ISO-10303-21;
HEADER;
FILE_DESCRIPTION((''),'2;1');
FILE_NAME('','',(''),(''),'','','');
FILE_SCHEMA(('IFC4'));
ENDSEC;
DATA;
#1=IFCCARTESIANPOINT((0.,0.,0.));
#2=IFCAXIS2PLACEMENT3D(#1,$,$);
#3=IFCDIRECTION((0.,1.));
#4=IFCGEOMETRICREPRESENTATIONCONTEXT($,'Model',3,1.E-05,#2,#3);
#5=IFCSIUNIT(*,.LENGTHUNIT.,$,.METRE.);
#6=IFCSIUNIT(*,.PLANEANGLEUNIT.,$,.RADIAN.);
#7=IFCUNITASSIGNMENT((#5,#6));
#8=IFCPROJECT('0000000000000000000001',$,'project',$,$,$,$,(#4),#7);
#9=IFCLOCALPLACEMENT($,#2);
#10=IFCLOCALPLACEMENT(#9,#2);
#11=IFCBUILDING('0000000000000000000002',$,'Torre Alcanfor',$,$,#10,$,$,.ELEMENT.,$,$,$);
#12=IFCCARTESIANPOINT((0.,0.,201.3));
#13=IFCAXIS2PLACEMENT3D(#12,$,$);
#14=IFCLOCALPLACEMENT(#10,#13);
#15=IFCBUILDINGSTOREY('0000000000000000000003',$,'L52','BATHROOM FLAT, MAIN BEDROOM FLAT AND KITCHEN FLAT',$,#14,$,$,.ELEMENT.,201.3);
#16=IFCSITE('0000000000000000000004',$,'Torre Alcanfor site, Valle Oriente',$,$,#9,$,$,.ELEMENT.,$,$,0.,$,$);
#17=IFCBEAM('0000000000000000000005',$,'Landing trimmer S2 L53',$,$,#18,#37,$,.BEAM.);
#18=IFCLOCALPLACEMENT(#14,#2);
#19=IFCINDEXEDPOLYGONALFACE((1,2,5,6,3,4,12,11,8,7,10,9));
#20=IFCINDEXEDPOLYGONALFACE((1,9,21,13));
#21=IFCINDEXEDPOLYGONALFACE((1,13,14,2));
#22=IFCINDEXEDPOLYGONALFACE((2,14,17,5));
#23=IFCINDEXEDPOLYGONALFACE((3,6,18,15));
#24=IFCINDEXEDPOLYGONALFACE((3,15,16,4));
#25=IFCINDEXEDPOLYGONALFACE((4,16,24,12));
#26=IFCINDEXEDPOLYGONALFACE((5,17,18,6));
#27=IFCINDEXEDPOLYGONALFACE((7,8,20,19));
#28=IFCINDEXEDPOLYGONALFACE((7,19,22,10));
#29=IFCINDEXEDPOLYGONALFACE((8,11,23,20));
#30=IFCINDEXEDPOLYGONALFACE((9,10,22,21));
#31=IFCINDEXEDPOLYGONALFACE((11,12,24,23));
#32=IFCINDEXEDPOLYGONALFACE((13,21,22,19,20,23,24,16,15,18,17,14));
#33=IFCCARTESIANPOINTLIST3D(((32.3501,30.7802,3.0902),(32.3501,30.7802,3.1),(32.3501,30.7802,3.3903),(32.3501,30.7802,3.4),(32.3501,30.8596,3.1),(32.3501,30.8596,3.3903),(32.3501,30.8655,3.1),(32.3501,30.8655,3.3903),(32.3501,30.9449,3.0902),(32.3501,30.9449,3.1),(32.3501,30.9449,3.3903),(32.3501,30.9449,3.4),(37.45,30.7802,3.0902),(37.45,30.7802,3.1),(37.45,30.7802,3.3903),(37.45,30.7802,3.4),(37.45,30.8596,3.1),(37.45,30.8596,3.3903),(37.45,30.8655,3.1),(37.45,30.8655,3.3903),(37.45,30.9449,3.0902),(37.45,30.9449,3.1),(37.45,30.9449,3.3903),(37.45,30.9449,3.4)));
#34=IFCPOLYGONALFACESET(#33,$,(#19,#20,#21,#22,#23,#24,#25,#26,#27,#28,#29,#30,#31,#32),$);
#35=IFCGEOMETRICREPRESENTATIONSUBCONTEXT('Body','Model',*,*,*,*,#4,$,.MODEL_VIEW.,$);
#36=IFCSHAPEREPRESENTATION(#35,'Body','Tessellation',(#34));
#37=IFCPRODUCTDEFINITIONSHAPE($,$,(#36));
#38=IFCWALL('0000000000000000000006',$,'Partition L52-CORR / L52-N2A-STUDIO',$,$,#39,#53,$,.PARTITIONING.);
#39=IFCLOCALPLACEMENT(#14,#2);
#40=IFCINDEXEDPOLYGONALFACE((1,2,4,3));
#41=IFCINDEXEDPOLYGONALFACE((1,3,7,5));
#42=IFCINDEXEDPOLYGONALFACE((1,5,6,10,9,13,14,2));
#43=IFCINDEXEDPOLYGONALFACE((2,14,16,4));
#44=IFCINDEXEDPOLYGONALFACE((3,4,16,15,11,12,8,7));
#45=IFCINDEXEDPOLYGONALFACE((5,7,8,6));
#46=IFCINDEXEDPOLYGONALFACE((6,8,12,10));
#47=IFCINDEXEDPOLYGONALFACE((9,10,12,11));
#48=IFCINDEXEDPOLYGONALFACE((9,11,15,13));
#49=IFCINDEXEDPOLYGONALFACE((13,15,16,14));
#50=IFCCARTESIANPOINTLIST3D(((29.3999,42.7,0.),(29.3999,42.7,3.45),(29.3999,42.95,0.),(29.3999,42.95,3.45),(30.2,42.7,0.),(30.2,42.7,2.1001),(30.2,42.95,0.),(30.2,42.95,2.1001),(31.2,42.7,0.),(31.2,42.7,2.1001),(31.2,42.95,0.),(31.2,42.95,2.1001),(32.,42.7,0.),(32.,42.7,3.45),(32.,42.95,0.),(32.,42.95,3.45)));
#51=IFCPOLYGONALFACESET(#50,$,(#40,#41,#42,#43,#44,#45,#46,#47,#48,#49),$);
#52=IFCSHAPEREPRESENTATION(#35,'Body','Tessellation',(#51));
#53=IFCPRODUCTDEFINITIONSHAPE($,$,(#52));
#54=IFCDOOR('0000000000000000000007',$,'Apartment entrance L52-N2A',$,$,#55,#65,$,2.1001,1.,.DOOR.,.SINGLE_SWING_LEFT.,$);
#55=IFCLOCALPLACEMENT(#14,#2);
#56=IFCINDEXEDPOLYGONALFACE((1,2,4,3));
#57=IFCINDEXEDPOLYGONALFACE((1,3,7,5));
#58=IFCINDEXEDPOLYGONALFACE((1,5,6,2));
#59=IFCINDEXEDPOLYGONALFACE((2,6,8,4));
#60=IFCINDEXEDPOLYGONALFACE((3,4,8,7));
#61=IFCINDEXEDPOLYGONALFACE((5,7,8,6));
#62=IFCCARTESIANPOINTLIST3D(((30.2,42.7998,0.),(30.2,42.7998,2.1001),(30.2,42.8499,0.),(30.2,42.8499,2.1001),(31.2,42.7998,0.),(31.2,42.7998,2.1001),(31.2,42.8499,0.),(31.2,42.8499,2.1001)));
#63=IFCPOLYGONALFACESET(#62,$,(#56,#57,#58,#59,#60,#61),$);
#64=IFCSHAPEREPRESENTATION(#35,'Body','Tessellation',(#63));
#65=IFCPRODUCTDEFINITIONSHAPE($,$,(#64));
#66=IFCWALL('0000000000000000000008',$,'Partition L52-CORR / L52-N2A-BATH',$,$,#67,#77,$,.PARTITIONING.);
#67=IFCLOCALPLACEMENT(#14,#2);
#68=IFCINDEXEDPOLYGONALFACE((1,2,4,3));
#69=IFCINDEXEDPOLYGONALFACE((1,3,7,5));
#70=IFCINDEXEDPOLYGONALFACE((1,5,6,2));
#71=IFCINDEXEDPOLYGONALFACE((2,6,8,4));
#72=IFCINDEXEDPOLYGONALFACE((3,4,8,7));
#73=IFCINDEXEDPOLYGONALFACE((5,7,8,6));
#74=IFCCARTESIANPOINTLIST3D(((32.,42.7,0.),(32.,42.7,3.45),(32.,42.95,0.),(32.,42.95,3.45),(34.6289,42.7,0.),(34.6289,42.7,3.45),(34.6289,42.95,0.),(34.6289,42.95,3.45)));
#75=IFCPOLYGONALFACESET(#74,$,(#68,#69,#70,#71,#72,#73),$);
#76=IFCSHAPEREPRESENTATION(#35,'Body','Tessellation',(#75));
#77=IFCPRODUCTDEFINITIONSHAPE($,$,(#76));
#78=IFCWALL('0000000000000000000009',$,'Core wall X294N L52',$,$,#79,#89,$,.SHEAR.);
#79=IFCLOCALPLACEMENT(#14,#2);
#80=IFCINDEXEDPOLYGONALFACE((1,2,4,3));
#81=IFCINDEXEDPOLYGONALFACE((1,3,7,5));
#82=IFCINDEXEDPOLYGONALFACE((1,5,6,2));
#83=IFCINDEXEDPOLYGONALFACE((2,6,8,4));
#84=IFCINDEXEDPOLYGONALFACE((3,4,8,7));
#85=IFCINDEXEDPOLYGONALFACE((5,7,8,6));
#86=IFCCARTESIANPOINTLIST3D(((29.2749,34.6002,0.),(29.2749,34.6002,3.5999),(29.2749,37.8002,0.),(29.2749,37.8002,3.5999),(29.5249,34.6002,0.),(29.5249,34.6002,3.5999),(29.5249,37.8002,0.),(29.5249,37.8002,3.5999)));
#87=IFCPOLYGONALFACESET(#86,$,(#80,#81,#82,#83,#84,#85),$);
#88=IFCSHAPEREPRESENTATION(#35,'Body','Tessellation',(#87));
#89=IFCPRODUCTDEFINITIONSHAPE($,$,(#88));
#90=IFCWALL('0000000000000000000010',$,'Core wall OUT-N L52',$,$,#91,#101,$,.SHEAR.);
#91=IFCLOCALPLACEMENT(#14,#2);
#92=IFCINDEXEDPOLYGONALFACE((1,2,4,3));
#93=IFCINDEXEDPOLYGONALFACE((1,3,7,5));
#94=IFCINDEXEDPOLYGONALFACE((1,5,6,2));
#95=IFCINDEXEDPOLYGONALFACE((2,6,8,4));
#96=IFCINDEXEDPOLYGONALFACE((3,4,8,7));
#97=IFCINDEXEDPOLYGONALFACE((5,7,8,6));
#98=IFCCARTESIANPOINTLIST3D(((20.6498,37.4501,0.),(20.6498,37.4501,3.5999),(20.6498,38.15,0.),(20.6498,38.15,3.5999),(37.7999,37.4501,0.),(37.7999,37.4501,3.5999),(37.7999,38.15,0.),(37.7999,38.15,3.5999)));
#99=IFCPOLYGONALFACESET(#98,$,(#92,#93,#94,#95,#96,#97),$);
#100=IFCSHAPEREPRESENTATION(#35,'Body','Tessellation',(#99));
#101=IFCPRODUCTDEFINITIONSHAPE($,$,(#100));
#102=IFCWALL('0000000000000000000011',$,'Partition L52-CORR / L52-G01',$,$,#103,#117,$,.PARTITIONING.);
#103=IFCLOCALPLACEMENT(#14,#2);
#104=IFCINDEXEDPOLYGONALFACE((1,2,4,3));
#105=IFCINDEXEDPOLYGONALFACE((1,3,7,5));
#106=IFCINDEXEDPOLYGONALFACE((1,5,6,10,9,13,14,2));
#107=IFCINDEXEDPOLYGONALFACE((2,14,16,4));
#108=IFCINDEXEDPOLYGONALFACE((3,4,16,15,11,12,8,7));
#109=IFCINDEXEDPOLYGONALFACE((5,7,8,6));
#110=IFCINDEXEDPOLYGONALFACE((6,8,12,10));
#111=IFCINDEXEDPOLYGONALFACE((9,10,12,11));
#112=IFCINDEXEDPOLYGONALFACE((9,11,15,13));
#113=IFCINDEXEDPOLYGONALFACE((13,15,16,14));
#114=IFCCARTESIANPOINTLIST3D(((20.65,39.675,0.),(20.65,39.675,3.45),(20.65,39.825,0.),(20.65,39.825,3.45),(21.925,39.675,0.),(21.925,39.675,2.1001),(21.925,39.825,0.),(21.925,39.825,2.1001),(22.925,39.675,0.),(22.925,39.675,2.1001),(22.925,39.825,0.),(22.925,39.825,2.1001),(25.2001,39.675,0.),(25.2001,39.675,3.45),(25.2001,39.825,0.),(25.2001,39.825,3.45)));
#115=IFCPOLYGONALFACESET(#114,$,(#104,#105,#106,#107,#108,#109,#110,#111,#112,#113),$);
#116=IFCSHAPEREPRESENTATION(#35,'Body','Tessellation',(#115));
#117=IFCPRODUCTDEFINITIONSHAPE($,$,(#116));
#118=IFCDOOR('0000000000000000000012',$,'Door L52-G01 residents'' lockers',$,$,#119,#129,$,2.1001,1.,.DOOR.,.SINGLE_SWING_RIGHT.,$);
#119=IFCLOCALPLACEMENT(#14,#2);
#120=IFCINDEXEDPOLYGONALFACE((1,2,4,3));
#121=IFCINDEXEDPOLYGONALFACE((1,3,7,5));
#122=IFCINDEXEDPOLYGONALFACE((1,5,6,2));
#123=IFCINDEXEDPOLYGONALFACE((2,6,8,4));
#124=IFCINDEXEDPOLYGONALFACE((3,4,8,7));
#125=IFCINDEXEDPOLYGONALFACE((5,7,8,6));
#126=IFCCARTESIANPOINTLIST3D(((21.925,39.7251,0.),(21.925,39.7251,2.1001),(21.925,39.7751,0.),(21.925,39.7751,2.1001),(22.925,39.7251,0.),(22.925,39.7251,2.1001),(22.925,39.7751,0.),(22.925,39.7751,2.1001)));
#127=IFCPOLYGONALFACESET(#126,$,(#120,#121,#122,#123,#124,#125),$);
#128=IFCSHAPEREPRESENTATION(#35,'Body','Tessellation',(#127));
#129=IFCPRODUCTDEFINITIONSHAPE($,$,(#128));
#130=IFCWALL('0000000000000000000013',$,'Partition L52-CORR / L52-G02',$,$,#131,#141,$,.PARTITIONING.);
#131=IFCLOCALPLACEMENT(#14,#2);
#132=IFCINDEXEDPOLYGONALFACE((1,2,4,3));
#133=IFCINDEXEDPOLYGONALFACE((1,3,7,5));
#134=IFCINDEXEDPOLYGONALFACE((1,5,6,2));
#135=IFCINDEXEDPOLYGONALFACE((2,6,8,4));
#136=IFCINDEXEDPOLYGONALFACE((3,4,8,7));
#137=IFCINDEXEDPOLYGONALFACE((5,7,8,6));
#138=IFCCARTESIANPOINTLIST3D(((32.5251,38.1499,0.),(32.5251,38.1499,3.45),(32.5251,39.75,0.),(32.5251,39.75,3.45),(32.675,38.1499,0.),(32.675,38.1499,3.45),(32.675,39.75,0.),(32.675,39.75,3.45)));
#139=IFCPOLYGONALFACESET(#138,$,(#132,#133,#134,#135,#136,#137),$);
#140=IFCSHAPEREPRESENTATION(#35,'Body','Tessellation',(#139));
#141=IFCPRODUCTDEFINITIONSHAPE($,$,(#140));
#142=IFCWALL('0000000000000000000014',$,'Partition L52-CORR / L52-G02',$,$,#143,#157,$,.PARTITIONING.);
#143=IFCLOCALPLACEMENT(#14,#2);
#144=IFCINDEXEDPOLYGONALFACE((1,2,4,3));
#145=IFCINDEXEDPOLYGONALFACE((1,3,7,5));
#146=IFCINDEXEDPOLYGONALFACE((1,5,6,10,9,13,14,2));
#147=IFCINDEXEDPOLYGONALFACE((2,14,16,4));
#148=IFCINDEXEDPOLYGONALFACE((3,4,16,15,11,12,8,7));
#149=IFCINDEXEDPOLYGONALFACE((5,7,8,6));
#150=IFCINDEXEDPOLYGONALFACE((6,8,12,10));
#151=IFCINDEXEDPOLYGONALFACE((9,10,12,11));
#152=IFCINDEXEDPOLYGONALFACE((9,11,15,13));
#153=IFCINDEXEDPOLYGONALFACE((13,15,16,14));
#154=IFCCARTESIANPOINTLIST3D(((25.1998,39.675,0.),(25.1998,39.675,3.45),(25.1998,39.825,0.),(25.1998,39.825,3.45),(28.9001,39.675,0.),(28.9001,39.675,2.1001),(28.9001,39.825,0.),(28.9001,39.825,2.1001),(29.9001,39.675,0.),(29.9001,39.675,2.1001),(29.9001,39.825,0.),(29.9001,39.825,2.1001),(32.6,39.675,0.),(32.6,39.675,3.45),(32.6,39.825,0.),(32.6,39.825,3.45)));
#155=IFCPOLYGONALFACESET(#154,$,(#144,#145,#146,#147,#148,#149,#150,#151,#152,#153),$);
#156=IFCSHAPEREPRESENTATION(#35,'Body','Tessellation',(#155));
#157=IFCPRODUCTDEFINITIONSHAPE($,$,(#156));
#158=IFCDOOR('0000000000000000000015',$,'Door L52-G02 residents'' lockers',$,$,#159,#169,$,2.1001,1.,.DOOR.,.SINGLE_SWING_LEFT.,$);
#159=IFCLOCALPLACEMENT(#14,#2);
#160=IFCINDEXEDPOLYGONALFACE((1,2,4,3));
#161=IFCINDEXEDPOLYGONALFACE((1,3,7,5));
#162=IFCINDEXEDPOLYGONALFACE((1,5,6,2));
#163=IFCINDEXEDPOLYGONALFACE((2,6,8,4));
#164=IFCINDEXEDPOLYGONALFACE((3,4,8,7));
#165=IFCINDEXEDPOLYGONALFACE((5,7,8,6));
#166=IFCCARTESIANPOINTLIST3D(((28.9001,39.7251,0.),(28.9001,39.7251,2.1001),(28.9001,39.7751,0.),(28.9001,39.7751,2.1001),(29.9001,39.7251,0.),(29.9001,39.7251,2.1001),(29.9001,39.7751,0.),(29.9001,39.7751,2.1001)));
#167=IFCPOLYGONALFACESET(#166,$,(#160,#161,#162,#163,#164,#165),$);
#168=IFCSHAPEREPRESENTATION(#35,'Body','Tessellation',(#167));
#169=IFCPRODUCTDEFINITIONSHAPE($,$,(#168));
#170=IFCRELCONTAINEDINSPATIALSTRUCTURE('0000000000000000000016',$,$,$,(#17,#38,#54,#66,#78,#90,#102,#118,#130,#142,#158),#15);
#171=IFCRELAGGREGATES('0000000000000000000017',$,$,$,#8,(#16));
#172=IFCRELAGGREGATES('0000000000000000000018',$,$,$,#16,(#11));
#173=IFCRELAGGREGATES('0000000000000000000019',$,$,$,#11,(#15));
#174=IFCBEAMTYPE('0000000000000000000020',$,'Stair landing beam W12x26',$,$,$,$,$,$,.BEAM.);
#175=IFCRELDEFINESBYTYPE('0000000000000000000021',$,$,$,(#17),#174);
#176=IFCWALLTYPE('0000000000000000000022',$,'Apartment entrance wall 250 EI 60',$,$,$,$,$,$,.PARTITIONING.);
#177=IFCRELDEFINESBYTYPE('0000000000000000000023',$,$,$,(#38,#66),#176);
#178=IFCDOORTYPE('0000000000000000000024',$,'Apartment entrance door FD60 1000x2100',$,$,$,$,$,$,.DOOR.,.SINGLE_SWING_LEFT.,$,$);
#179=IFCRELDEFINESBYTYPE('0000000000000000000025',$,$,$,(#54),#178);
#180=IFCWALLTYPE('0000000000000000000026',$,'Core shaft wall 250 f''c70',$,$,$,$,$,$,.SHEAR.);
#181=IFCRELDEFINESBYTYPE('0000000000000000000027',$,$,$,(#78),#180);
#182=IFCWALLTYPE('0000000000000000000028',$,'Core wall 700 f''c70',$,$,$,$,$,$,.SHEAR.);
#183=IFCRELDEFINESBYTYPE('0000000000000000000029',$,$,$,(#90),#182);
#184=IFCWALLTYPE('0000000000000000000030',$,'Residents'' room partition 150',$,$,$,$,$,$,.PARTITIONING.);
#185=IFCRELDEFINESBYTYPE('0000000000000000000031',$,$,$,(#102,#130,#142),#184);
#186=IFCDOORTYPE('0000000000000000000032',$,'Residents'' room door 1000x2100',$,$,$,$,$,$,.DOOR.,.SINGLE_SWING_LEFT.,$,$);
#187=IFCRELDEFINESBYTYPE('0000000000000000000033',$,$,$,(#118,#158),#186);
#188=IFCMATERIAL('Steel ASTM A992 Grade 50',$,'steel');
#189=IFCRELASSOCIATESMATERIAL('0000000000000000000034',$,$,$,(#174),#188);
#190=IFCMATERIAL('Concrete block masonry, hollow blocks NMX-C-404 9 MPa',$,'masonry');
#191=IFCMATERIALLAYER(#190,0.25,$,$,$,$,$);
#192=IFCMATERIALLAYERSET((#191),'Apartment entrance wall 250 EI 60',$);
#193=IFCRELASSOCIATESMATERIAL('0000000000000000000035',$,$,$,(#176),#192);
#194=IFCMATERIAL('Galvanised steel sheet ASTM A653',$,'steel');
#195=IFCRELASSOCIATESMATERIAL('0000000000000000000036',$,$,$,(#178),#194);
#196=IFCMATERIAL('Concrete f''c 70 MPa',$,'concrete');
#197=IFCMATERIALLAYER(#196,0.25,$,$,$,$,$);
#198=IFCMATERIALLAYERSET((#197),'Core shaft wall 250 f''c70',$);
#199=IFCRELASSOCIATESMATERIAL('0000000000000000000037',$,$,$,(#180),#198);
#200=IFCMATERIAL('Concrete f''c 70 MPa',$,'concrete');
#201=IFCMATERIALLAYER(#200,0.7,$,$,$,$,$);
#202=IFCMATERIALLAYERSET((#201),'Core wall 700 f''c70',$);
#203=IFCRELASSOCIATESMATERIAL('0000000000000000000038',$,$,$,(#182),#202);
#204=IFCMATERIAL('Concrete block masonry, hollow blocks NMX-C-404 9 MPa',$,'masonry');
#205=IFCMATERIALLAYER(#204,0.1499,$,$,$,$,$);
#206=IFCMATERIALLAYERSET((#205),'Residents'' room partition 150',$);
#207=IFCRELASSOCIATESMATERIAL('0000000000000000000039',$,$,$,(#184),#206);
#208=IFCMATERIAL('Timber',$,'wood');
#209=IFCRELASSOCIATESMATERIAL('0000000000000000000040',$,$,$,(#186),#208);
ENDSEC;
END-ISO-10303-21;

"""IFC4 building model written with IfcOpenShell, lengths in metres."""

from ifc_helpers import new_model, si_unit, direction, frame, frame_2d, origin, origin_2d, place, context, subcontext, project, spatial, rectangle, i_section, extrude, material, layer, layer_set, material_profile, profile_set, type_object, element, fill, save


model = new_model("IFC4")

# Units and contexts
model_context = context("Model", 3, precision=1e-05, world=origin(), true_north=direction((0.0, 1.0)))
body_context = subcontext(model_context, "Body", "Model", "MODEL_VIEW")
ifc_project = project(units=[si_unit("LENGTHUNIT", "METRE"), si_unit("PLANEANGLEUNIT", "RADIAN")], contexts=[model_context])

# Site, building, storey
site_placement = place(None, origin())
site = spatial("IfcSite", under=ifc_project, at=site_placement, Name="Torre Alcanfor site, Valle Oriente", CompositionType="ELEMENT", RefElevation=0.0)
building_placement = place(site_placement, origin())
building = spatial("IfcBuilding", under=site, at=building_placement, Name="Torre Alcanfor", CompositionType="ELEMENT")
storey_placement = place(building_placement, frame((0.0, 0.0, 201.3)))
storey = spatial("IfcBuildingStorey", under=building, at=storey_placement, Name="L52", Description="BATHROOM FLAT, MAIN BEDROOM FLAT AND KITCHEN FLAT", CompositionType="ELEMENT", Elevation=201.3)

# Beam
ifc_material_1 = material(Name="Steel ASTM A992 Grade 50", Category="steel")
ifc_material_profile_1 = material_profile(ifc_material_1, i_section(OverallWidth=0.1648, OverallDepth=0.3098, WebThickness=0.0059, FlangeThickness=0.0098, at=origin_2d()), Name="W12x26")
ifc_profile_set_1 = profile_set([ifc_material_profile_1], Name="Steel ASTM A992 Grade 50")
beam_type_1 = type_object("IfcBeamType", Name="Stair landing beam W12x26", PredefinedType="BEAM", material=ifc_profile_set_1)
beam_1_placement = place(storey_placement, frame((32.3501, 30.8625, 3.2451), z_axis=(1.0, 0.0, 0.0), x_axis=(0.0, 1.0, 0.0)))
element("IfcBeam", 1, at=beam_1_placement, inside=storey, type_object=beam_type_1, Name="Landing trimmer S2 L53", PredefinedType="BEAM", context=body_context, shape_type="SweptSolid", body=[
    extrude(i_section(OverallWidth=0.1648, OverallDepth=0.3098, WebThickness=0.0059, FlangeThickness=0.0098, at=origin_2d()), origin(), (0.0, 0.0, 1.0), 5.0999),
])

# Wall, opening, door
ifc_material_2 = material(Name="Concrete block masonry, hollow blocks NMX-C-404 9 MPa", Category="masonry")
ifc_layer_1 = layer(ifc_material_2, 0.25)
ifc_layer_set_1 = layer_set([ifc_layer_1], Name="Apartment entrance wall 250 EI 60")
wall_type_1 = type_object("IfcWallType", Name="Apartment entrance wall 250 EI 60", PredefinedType="PARTITIONING", material=ifc_layer_set_1)
wall_1_placement = place(storey_placement, frame((29.3999, 42.825, 0.0), z_axis=(0.0, 0.0, 1.0), x_axis=(1.0, 0.0, 0.0)))
wall_1 = element("IfcWall", 2, at=wall_1_placement, inside=storey, type_object=wall_type_1, Name="Partition L52-CORR / L52-N2A-STUDIO", PredefinedType="PARTITIONING", context=body_context, shape_type="SweptSolid", body=[
    extrude(rectangle(XDim=2.6001, YDim=0.25, at=frame_2d((1.3, 0.0))), origin(), (0.0, 0.0, 1.0), 3.45),
])
opening_1_placement = place(wall_1_placement, frame((0.8, 0.0, 0.0)))
opening_1 = element("IfcOpeningElement", 3, at=opening_1_placement, cuts=wall_1, PredefinedType="OPENING", context=body_context, shape_type="SweptSolid", body=[
    extrude(rectangle(XDim=1.0, YDim=2.1001, at=frame_2d((0.5, 1.05))), frame((0.0, 0.135, 0.0), z_axis=(0.0, -1.0, 0.0), x_axis=(1.0, 0.0, 0.0)), (0.0, 0.0, 1.0), 0.27),
])
ifc_material_3 = material(Name="Galvanised steel sheet ASTM A653", Category="steel")
door_type_1 = type_object("IfcDoorType", Name="Apartment entrance door FD60 1000x2100", OperationType="SINGLE_SWING_LEFT", PredefinedType="DOOR", material=ifc_material_3)
door_1_placement = place(opening_1_placement, origin())
door_1 = element("IfcDoor", 4, at=door_1_placement, inside=storey, type_object=door_type_1, Name="Apartment entrance L52-N2A", OperationType="SINGLE_SWING_LEFT", OverallHeight=2.1001, OverallWidth=1.0, PredefinedType="DOOR", context=body_context, shape_type="SweptSolid", body=[
    extrude(rectangle(XDim=1.0, YDim=2.1001, at=frame_2d((0.5, 1.05))), frame((0.0, 0.0249, 0.0), z_axis=(0.0, -1.0, 0.0), x_axis=(1.0, 0.0, 0.0)), (0.0, 0.0, 1.0), 0.05),
])
fill(opening_1, door_1)

# Walls
wall_2_placement = place(storey_placement, frame((32.0, 42.825, 0.0), z_axis=(0.0, 0.0, 1.0), x_axis=(1.0, 0.0, 0.0)))
element("IfcWall", 5, at=wall_2_placement, inside=storey, type_object=wall_type_1, Name="Partition L52-CORR / L52-N2A-BATH", PredefinedType="PARTITIONING", context=body_context, shape_type="SweptSolid", body=[
    extrude(rectangle(XDim=2.6289, YDim=0.25, at=frame_2d((1.3145, 0.0))), origin(), (0.0, 0.0, 1.0), 3.45),
])
ifc_material_4 = material(Name="Concrete f'c 70 MPa", Category="concrete")
ifc_layer_2 = layer(ifc_material_4, 0.25)
ifc_layer_set_2 = layer_set([ifc_layer_2], Name="Core shaft wall 250 f'c70")
wall_type_2 = type_object("IfcWallType", Name="Core shaft wall 250 f'c70", PredefinedType="SHEAR", material=ifc_layer_set_2)
wall_3_placement = place(storey_placement, frame((29.3999, 34.6001, 0.0), z_axis=(0.0, 0.0, 1.0), x_axis=(0.0, 1.0, 0.0)))
element("IfcWall", 6, at=wall_3_placement, inside=storey, type_object=wall_type_2, Name="Core wall X294N L52", PredefinedType="SHEAR", context=body_context, shape_type="SweptSolid", body=[
    extrude(rectangle(XDim=3.2, YDim=0.25, at=frame_2d((1.6001, 0.0))), origin(), (0.0, 0.0, 1.0), 3.5999),
])
ifc_material_5 = material(Name="Concrete f'c 70 MPa", Category="concrete")
ifc_layer_3 = layer(ifc_material_5, 0.7)
ifc_layer_set_3 = layer_set([ifc_layer_3], Name="Core wall 700 f'c70")
wall_type_3 = type_object("IfcWallType", Name="Core wall 700 f'c70", PredefinedType="SHEAR", material=ifc_layer_set_3)
wall_4_placement = place(storey_placement, frame((37.8, 37.8, 0.0), z_axis=(0.0, 0.0, 1.0), x_axis=(-1.0, 0.0, 0.0)))
element("IfcWall", 7, at=wall_4_placement, inside=storey, type_object=wall_type_3, Name="Core wall OUT-N L52", PredefinedType="SHEAR", context=body_context, shape_type="SweptSolid", body=[
    extrude(rectangle(XDim=17.1501, YDim=0.7, at=frame_2d((8.5752, 0.0))), origin(), (0.0, 0.0, 1.0), 3.5999),
])

# Wall, opening, door
ifc_material_6 = material(Name="Concrete block masonry, hollow blocks NMX-C-404 9 MPa", Category="masonry")
ifc_layer_4 = layer(ifc_material_6, 0.1499)
ifc_layer_set_4 = layer_set([ifc_layer_4], Name="Residents' room partition 150")
wall_type_4 = type_object("IfcWallType", Name="Residents' room partition 150", PredefinedType="PARTITIONING", material=ifc_layer_set_4)
wall_5_placement = place(storey_placement, frame((25.2, 39.75, 0.0), z_axis=(0.0, 0.0, 1.0), x_axis=(-1.0, 0.0, 0.0)))
wall_5 = element("IfcWall", 8, at=wall_5_placement, inside=storey, type_object=wall_type_4, Name="Partition L52-CORR / L52-G01", PredefinedType="PARTITIONING", context=body_context, shape_type="SweptSolid", body=[
    extrude(rectangle(XDim=4.55, YDim=0.1499, at=frame_2d((2.2749, 0.0))), origin(), (0.0, 0.0, 1.0), 3.45),
])
opening_2_placement = place(wall_5_placement, frame((2.2749, 0.0, 0.0)))
opening_2 = element("IfcOpeningElement", 9, at=opening_2_placement, cuts=wall_5, PredefinedType="OPENING", context=body_context, shape_type="SweptSolid", body=[
    extrude(rectangle(XDim=1.0, YDim=2.1001, at=frame_2d((0.5, 1.05))), frame((0.0, 0.085, 0.0), z_axis=(0.0, -1.0, 0.0), x_axis=(1.0, 0.0, 0.0)), (0.0, 0.0, 1.0), 0.1699),
])
ifc_material_7 = material(Name="Timber", Category="wood")
door_type_2 = type_object("IfcDoorType", Name="Residents' room door 1000x2100", OperationType="SINGLE_SWING_LEFT", PredefinedType="DOOR", material=ifc_material_7)
door_2_placement = place(opening_2_placement, origin())
door_2 = element("IfcDoor", 10, at=door_2_placement, inside=storey, type_object=door_type_2, Name="Door L52-G01 residents' lockers", OperationType="SINGLE_SWING_RIGHT", OverallHeight=2.1001, OverallWidth=1.0, PredefinedType="DOOR", context=body_context, shape_type="SweptSolid", body=[
    extrude(rectangle(XDim=1.0, YDim=2.1001, at=frame_2d((0.5, 1.05))), frame((0.0, 0.0249, 0.0), z_axis=(0.0, -1.0, 0.0), x_axis=(1.0, 0.0, 0.0)), (0.0, 0.0, 1.0), 0.05),
])
fill(opening_2, door_2)

# Wall
wall_6_placement = place(storey_placement, frame((32.6001, 38.1499, 0.0), z_axis=(0.0, 0.0, 1.0), x_axis=(0.0, 1.0, 0.0)))
element("IfcWall", 11, at=wall_6_placement, inside=storey, type_object=wall_type_4, Name="Partition L52-CORR / L52-G02", PredefinedType="PARTITIONING", context=body_context, shape_type="SweptSolid", body=[
    extrude(rectangle(XDim=1.6001, YDim=0.1499, at=frame_2d((0.8, 0.0))), origin(), (0.0, 0.0, 1.0), 3.45),
])

# Wall, opening, door
wall_7_placement = place(storey_placement, frame((32.6001, 39.75, 0.0), z_axis=(0.0, 0.0, 1.0), x_axis=(-1.0, 0.0, 0.0)))
wall_7 = element("IfcWall", 12, at=wall_7_placement, inside=storey, type_object=wall_type_4, Name="Partition L52-CORR / L52-G02", PredefinedType="PARTITIONING", context=body_context, shape_type="SweptSolid", body=[
    extrude(rectangle(XDim=7.4001, YDim=0.1499, at=frame_2d((3.7002, 0.0))), origin(), (0.0, 0.0, 1.0), 3.45),
])
opening_3_placement = place(wall_7_placement, frame((2.7, 0.0, 0.0)))
opening_3 = element("IfcOpeningElement", 13, at=opening_3_placement, cuts=wall_7, PredefinedType="OPENING", context=body_context, shape_type="SweptSolid", body=[
    extrude(rectangle(XDim=1.0, YDim=2.1001, at=frame_2d((0.5, 1.05))), frame((0.0, 0.085, 0.0), z_axis=(0.0, -1.0, 0.0), x_axis=(1.0, 0.0, 0.0)), (0.0, 0.0, 1.0), 0.1699),
])
door_3_placement = place(opening_3_placement, origin())
door_3 = element("IfcDoor", 14, at=door_3_placement, inside=storey, type_object=door_type_2, Name="Door L52-G02 residents' lockers", OperationType="SINGLE_SWING_LEFT", OverallHeight=2.1001, OverallWidth=1.0, PredefinedType="DOOR", context=body_context, shape_type="SweptSolid", body=[
    extrude(rectangle(XDim=1.0, YDim=2.1001, at=frame_2d((0.5, 1.05))), frame((0.0, 0.0249, 0.0), z_axis=(0.0, -1.0, 0.0), x_axis=(1.0, 0.0, 0.0)), (0.0, 0.0, 1.0), 0.05),
])
fill(opening_3, door_3)

save(model, "model.ifc")
